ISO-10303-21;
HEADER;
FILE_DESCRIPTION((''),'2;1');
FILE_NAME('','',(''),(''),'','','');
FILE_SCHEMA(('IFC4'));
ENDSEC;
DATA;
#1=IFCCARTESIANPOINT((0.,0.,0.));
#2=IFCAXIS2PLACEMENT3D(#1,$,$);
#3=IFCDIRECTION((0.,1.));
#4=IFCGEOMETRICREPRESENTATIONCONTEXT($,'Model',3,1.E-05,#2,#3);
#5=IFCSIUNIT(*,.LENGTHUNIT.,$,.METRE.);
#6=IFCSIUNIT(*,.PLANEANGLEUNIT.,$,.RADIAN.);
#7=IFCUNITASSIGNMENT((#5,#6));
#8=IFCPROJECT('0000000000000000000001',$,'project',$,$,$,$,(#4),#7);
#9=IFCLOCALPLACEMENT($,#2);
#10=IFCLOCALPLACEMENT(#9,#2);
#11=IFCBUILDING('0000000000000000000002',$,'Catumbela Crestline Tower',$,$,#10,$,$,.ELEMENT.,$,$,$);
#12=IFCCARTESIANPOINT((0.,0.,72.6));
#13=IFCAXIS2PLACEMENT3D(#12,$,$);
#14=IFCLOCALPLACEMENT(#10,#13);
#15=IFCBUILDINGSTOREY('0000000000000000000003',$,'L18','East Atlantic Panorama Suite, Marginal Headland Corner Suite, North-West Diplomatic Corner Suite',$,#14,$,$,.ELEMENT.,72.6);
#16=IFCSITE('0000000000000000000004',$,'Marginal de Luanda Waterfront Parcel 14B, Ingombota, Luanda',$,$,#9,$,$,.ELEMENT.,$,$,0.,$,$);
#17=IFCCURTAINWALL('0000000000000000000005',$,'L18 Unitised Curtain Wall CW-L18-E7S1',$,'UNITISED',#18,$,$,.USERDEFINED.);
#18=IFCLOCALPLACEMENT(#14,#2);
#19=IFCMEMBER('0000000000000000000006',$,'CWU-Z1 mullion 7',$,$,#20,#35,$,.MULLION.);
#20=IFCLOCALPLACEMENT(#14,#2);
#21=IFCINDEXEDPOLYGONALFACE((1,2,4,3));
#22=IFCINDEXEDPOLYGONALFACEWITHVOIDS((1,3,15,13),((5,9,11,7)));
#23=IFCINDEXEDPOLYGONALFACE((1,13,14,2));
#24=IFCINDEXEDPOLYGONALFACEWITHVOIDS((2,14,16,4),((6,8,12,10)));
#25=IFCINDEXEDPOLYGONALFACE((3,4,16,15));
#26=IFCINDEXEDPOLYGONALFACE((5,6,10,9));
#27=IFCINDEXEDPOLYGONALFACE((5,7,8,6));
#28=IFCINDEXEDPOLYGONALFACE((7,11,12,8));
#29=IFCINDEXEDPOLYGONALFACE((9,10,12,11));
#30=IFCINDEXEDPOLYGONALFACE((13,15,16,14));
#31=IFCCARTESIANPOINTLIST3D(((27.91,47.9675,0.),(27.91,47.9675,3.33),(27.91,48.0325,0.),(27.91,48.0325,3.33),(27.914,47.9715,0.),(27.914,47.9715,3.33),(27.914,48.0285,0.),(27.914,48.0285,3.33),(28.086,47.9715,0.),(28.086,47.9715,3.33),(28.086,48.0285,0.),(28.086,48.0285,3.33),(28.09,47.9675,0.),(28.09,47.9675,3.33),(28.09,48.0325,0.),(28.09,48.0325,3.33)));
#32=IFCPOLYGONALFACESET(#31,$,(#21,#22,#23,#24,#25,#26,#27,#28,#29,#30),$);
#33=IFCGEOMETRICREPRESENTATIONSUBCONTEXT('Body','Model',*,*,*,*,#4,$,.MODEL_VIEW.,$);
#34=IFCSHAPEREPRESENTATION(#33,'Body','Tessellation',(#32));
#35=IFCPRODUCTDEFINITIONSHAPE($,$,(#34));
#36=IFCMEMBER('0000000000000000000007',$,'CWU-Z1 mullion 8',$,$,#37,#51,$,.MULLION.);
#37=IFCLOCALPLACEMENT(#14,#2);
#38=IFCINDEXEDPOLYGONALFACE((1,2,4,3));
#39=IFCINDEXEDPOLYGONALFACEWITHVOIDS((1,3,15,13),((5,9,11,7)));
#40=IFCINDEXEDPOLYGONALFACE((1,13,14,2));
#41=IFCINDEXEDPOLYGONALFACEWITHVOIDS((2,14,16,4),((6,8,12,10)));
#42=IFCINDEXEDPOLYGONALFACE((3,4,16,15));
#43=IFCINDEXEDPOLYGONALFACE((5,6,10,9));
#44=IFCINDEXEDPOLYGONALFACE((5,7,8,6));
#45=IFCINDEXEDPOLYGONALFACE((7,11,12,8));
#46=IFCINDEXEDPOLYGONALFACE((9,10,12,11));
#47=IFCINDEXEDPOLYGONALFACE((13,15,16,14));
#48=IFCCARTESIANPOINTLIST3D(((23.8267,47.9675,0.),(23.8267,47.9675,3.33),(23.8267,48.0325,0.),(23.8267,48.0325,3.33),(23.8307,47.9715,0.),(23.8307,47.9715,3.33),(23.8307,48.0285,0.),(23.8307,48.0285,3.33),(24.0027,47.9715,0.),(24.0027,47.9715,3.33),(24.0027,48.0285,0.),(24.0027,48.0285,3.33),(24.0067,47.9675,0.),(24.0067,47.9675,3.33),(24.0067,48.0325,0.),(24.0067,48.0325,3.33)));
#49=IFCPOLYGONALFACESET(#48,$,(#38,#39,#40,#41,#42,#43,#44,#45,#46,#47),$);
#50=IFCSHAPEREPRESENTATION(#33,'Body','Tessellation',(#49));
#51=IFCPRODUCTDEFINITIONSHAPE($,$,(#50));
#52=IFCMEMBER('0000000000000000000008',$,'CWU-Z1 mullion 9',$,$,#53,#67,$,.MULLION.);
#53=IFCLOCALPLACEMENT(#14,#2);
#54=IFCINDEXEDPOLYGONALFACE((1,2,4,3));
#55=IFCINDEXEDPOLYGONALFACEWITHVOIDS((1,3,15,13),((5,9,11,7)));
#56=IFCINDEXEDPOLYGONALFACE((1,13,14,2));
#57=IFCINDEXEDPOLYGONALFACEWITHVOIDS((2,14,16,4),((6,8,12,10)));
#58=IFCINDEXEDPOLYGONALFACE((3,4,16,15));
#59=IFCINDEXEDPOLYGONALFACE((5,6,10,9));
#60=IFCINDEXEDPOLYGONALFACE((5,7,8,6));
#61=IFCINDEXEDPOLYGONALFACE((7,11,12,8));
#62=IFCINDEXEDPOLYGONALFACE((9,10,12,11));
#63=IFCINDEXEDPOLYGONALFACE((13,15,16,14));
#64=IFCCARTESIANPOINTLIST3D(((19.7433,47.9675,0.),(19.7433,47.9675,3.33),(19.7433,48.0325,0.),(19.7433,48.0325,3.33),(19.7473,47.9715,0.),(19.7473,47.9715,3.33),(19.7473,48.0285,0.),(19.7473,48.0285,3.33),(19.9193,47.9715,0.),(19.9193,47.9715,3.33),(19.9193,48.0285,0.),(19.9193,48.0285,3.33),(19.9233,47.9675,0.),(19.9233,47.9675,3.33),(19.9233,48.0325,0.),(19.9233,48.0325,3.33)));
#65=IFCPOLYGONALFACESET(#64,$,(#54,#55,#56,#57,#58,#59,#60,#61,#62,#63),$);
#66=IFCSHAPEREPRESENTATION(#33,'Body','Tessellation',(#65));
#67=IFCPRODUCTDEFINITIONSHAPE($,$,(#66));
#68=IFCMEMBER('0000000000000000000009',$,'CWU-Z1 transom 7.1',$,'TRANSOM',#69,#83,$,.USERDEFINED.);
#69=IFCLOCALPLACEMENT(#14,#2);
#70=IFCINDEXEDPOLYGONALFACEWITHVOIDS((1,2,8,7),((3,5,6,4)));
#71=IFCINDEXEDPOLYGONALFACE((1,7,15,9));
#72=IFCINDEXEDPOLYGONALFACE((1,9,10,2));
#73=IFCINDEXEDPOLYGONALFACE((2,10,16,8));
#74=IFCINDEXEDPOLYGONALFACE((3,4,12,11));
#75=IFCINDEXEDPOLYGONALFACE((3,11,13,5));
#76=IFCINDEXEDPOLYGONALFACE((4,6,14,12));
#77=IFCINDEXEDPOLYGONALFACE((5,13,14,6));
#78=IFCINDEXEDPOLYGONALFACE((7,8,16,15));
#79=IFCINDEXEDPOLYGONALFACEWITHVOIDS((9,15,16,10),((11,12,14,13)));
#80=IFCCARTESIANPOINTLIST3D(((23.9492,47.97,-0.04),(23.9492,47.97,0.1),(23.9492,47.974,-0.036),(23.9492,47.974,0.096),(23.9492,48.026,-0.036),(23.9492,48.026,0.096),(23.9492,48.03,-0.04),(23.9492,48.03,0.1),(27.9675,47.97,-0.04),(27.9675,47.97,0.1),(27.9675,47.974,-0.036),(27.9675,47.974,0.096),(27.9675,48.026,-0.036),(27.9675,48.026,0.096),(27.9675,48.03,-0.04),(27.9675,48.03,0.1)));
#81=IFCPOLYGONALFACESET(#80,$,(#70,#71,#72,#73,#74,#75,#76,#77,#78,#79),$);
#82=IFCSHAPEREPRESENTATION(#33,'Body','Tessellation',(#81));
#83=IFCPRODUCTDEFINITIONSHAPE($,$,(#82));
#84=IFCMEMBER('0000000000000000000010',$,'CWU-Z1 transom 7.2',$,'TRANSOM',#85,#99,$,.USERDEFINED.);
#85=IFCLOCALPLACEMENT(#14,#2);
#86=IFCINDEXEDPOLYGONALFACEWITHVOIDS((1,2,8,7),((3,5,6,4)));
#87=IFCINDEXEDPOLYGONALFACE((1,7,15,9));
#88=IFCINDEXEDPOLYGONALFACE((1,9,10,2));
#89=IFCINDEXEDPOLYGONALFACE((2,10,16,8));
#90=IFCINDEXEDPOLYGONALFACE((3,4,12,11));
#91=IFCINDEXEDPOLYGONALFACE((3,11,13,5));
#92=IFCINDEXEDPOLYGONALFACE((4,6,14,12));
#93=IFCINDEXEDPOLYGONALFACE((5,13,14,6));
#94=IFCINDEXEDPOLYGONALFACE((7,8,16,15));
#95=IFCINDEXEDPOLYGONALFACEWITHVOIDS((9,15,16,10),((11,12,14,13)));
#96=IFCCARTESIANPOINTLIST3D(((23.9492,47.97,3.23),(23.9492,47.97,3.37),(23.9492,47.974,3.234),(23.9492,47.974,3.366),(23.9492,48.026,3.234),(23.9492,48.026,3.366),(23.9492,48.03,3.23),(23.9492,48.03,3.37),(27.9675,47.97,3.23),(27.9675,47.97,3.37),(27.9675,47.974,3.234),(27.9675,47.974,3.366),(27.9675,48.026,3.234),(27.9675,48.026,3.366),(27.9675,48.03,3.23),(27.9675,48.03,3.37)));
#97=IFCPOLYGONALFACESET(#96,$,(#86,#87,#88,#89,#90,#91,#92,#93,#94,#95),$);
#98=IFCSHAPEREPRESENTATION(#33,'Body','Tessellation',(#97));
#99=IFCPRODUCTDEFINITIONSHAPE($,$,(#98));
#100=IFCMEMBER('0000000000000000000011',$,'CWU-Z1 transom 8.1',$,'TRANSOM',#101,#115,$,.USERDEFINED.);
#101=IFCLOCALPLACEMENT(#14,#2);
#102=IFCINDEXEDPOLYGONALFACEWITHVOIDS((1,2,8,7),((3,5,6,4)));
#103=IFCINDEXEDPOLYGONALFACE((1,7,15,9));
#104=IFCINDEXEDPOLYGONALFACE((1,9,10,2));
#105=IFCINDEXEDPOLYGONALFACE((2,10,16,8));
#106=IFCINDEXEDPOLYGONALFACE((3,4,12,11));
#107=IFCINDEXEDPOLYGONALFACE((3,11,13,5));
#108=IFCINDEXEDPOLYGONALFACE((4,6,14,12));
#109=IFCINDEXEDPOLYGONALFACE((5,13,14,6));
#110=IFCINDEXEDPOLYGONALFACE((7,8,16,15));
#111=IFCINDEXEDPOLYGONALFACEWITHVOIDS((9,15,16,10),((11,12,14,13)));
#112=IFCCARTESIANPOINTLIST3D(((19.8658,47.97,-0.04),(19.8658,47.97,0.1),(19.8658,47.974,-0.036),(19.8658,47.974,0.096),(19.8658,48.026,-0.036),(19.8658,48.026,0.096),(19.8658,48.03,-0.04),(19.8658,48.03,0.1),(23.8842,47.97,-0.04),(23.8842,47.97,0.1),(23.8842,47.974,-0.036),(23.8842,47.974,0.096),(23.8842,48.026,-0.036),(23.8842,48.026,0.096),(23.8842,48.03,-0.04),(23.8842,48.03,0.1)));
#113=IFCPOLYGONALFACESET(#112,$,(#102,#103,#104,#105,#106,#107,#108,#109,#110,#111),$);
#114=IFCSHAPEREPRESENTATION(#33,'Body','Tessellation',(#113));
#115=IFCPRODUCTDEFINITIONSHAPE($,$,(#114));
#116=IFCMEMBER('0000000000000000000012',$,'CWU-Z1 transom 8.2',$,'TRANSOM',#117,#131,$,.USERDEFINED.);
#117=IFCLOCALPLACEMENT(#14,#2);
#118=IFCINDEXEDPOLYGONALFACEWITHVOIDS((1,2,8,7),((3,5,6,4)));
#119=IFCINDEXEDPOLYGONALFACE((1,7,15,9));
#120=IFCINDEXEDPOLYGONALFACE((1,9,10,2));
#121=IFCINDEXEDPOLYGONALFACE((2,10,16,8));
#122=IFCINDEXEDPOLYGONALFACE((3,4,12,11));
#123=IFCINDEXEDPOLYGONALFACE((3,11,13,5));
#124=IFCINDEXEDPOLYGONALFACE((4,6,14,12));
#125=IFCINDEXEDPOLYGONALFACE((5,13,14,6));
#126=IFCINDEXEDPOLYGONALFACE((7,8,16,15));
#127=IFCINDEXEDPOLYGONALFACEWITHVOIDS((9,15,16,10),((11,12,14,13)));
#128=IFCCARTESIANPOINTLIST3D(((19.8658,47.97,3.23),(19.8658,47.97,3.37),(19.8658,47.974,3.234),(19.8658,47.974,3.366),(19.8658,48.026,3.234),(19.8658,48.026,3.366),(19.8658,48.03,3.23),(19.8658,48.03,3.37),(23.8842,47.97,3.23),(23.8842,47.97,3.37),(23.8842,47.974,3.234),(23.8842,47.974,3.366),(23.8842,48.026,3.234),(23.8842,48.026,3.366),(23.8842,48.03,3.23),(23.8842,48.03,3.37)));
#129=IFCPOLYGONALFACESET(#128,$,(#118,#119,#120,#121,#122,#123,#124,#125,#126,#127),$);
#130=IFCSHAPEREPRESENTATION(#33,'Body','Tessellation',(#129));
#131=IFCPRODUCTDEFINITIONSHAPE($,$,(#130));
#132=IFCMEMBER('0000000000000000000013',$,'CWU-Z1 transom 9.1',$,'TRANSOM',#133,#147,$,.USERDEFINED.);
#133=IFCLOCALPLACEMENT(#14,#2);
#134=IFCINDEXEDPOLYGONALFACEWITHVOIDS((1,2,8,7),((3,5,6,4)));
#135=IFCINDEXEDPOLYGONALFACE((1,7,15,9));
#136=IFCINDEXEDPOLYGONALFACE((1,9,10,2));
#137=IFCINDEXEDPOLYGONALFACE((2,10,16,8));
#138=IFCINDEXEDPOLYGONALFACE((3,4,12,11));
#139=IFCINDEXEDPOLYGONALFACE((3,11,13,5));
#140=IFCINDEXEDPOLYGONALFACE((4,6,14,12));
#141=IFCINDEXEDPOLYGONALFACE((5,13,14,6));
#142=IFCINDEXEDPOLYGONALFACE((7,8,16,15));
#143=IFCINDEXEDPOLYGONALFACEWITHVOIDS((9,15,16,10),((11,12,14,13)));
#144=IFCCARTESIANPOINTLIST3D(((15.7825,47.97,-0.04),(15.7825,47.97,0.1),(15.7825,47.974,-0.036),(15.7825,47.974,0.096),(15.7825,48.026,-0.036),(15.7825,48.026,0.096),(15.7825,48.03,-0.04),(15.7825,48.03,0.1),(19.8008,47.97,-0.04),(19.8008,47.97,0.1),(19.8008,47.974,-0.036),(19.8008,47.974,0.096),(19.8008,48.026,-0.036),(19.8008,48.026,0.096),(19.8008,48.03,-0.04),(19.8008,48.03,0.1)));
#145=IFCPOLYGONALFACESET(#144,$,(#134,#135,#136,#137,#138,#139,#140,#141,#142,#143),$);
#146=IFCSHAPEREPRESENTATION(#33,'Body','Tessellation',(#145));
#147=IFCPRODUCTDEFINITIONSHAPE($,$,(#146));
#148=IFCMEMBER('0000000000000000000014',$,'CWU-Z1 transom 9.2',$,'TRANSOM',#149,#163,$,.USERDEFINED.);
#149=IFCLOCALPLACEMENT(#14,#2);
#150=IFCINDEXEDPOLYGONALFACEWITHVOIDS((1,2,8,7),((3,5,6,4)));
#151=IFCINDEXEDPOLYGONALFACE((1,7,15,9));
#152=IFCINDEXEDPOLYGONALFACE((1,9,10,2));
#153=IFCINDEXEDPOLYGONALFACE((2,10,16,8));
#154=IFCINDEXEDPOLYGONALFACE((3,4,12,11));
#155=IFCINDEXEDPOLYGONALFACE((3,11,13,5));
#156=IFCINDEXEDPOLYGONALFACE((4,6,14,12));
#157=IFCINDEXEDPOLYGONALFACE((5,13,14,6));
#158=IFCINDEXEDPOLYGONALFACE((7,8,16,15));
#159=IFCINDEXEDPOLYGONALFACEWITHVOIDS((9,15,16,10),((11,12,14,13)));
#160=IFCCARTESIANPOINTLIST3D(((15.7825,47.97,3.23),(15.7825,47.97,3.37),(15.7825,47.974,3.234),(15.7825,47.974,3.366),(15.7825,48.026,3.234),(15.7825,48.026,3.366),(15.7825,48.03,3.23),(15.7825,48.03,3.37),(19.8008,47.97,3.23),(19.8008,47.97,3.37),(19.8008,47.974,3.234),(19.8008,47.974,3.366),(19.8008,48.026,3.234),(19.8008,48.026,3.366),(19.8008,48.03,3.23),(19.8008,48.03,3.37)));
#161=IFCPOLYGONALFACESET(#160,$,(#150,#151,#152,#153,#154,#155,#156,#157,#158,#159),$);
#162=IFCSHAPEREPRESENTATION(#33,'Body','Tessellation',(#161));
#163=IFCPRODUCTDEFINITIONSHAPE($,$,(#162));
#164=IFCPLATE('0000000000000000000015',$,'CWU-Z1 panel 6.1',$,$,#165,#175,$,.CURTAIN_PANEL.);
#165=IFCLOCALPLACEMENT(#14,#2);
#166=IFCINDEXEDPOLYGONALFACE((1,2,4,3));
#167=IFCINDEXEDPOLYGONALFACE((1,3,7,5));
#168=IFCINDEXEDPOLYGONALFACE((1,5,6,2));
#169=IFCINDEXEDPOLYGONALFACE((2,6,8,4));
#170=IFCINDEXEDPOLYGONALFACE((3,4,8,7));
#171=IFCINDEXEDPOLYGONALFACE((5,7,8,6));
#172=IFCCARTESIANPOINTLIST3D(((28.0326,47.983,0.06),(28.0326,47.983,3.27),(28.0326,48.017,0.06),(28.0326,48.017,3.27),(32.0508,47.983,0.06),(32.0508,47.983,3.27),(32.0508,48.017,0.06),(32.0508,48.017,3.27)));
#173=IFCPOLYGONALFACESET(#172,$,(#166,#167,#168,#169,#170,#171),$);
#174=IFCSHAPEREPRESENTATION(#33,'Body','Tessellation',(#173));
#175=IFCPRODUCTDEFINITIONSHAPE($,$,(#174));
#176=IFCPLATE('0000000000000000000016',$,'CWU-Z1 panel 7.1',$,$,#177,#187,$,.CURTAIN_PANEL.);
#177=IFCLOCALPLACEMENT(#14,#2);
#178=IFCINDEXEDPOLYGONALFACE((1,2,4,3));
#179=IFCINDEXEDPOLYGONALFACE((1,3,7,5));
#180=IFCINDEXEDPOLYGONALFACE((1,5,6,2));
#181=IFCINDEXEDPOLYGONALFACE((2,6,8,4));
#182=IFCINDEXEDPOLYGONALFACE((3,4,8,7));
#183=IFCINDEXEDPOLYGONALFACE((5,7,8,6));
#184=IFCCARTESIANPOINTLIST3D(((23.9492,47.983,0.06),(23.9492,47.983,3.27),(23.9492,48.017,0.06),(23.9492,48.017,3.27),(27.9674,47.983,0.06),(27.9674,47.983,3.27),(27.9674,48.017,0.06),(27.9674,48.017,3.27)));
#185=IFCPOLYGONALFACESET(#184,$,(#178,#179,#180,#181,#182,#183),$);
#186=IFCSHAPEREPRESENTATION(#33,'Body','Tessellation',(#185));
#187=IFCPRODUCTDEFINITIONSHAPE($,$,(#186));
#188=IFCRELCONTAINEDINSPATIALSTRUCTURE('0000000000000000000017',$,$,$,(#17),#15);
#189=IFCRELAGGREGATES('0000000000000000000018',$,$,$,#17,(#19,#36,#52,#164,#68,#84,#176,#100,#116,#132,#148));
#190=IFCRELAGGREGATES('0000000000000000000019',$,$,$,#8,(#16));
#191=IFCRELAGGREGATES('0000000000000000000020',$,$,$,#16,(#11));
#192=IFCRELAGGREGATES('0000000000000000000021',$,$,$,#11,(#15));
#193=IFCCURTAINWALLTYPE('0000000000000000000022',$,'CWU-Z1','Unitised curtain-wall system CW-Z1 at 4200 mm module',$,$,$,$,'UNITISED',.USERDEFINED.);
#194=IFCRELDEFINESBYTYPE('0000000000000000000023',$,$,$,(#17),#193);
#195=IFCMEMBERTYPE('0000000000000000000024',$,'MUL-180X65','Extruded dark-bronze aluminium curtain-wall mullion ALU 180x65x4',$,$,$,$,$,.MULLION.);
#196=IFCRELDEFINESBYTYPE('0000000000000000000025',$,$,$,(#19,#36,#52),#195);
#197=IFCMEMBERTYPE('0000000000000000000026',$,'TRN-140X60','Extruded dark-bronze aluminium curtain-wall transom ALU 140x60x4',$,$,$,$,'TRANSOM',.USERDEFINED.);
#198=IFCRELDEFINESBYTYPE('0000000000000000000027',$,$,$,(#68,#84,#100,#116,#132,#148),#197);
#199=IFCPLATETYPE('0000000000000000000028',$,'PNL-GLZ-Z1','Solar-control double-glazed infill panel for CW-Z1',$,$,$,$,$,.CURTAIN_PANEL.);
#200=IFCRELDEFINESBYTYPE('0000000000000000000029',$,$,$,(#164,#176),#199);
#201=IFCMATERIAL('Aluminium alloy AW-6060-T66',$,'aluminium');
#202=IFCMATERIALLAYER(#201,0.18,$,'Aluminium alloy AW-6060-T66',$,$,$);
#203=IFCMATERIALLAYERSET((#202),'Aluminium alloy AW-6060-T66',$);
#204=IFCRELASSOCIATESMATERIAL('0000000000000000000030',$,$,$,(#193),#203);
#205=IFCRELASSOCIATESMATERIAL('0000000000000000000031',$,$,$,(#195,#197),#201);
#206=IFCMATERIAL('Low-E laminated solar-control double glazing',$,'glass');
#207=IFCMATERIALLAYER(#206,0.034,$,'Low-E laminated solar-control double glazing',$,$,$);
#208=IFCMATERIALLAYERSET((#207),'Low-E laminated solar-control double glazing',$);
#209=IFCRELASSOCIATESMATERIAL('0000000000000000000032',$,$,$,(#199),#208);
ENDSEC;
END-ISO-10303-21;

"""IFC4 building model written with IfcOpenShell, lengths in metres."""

from ifc_helpers import new_model, si_unit, direction, frame, origin, origin_2d, place, context, subcontext, project, spatial, rectangle, hollow_rectangle, extrude, material, layer, layer_set, material_profile, profile_set, type_object, element, aggregate, save


model = new_model("IFC4")

# Units and contexts
model_context = context("Model", 3, precision=1e-05, world=origin(), true_north=direction((0.0, 1.0)))
body_context = subcontext(model_context, "Body", "Model", "MODEL_VIEW")
ifc_project = project(units=[si_unit("LENGTHUNIT", "METRE"), si_unit("PLANEANGLEUNIT", "RADIAN")], contexts=[model_context])

# Site, building, storey
site_placement = place(None, origin())
site = spatial("IfcSite", under=ifc_project, at=site_placement, Name="Marginal de Luanda Waterfront Parcel 14B, Ingombota, Luanda", CompositionType="ELEMENT", RefElevation=0.0)
building_placement = place(site_placement, origin())
building = spatial("IfcBuilding", under=site, at=building_placement, Name="Catumbela Crestline Tower", CompositionType="ELEMENT")
storey_placement = place(building_placement, frame((0.0, 0.0, 72.6)))
storey = spatial("IfcBuildingStorey", under=building, at=storey_placement, Name="L18", Description="East Atlantic Panorama Suite, Marginal Headland Corner Suite, North-West Diplomatic Corner Suite", CompositionType="ELEMENT", Elevation=72.6)

# Curtain wall, members, plates
ifc_material_1 = material(Name="Aluminium alloy AW-6060-T66", Category="aluminium")
ifc_layer_1 = layer(ifc_material_1, 0.18, Name="Aluminium alloy AW-6060-T66")
ifc_layer_set_1 = layer_set([ifc_layer_1], Name="Aluminium alloy AW-6060-T66")
curtain_wall_type = type_object("IfcCurtainWallType", Name="CWU-Z1", Description="Unitised curtain-wall system CW-Z1 at 4200 mm module", ElementType="UNITISED", PredefinedType="USERDEFINED", material=ifc_layer_set_1)
curtain_wall_placement = place(storey_placement, origin())
curtain_wall = element("IfcCurtainWall", 1, at=curtain_wall_placement, inside=storey, type_object=curtain_wall_type, Name="L18 Unitised Curtain Wall CW-L18-E7S1", ObjectType="UNITISED", PredefinedType="USERDEFINED")
ifc_material_profile_1 = material_profile(ifc_material_1, hollow_rectangle(XDim=0.065, YDim=0.18, WallThickness=0.004, at=origin_2d()), Name="ALU 180x65x4")
ifc_profile_set_1 = profile_set([ifc_material_profile_1], Name="Aluminium alloy AW-6060-T66")
member_type_1 = type_object("IfcMemberType", Name="MUL-180X65", Description="Extruded dark-bronze aluminium curtain-wall mullion ALU 180x65x4", PredefinedType="MULLION", material=ifc_profile_set_1)
member_1_placement = place(storey_placement, frame((28.0, 48.0, 0.0), z_axis=(0.0, 0.0, 1.0), x_axis=(0.0, -1.0, 0.0)))
member_1 = element("IfcMember", 2, at=member_1_placement, type_object=member_type_1, Name="CWU-Z1 mullion 7", PredefinedType="MULLION", context=body_context, shape_type="SweptSolid", body=[
    extrude(hollow_rectangle(XDim=0.065, YDim=0.18, WallThickness=0.004, at=origin_2d()), origin(), (0.0, 0.0, 1.0), 3.33),
])
member_2_placement = place(storey_placement, frame((23.9167, 48.0, 0.0), z_axis=(0.0, 0.0, 1.0), x_axis=(0.0, -1.0, 0.0)))
member_2 = element("IfcMember", 3, at=member_2_placement, type_object=member_type_1, Name="CWU-Z1 mullion 8", PredefinedType="MULLION", context=body_context, shape_type="SweptSolid", body=[
    extrude(hollow_rectangle(XDim=0.065, YDim=0.18, WallThickness=0.004, at=origin_2d()), origin(), (0.0, 0.0, 1.0), 3.33),
])
member_3_placement = place(storey_placement, frame((19.8333, 48.0, 0.0), z_axis=(0.0, 0.0, 1.0), x_axis=(0.0, -1.0, 0.0)))
member_3 = element("IfcMember", 4, at=member_3_placement, type_object=member_type_1, Name="CWU-Z1 mullion 9", PredefinedType="MULLION", context=body_context, shape_type="SweptSolid", body=[
    extrude(hollow_rectangle(XDim=0.065, YDim=0.18, WallThickness=0.004, at=origin_2d()), origin(), (0.0, 0.0, 1.0), 3.33),
])
ifc_material_profile_2 = material_profile(ifc_material_1, hollow_rectangle(XDim=0.06, YDim=0.14, WallThickness=0.004, at=origin_2d()), Name="ALU 140x60x4")
ifc_profile_set_2 = profile_set([ifc_material_profile_2], Name="Aluminium alloy AW-6060-T66")
member_type_2 = type_object("IfcMemberType", Name="TRN-140X60", Description="Extruded dark-bronze aluminium curtain-wall transom ALU 140x60x4", ElementType="TRANSOM", PredefinedType="USERDEFINED", material=ifc_profile_set_2)
member_4_placement = place(storey_placement, frame((27.9675, 48.0, 0.03), z_axis=(-1.0, 0.0, 0.0), x_axis=(0.0, -1.0, 0.0)))
member_4 = element("IfcMember", 5, at=member_4_placement, type_object=member_type_2, Name="CWU-Z1 transom 7.1", ObjectType="TRANSOM", PredefinedType="USERDEFINED", context=body_context, shape_type="SweptSolid", body=[
    extrude(hollow_rectangle(XDim=0.06, YDim=0.14, WallThickness=0.004, at=origin_2d()), origin(), (0.0, 0.0, 1.0), 4.0183),
])
member_5_placement = place(storey_placement, frame((27.9675, 48.0, 3.3), z_axis=(-1.0, 0.0, 0.0), x_axis=(0.0, -1.0, 0.0)))
member_5 = element("IfcMember", 6, at=member_5_placement, type_object=member_type_2, Name="CWU-Z1 transom 7.2", ObjectType="TRANSOM", PredefinedType="USERDEFINED", context=body_context, shape_type="SweptSolid", body=[
    extrude(hollow_rectangle(XDim=0.06, YDim=0.14, WallThickness=0.004, at=origin_2d()), origin(), (0.0, 0.0, 1.0), 4.0183),
])
member_6_placement = place(storey_placement, frame((23.8842, 48.0, 0.03), z_axis=(-1.0, 0.0, 0.0), x_axis=(0.0, -1.0, 0.0)))
member_6 = element("IfcMember", 7, at=member_6_placement, type_object=member_type_2, Name="CWU-Z1 transom 8.1", ObjectType="TRANSOM", PredefinedType="USERDEFINED", context=body_context, shape_type="SweptSolid", body=[
    extrude(hollow_rectangle(XDim=0.06, YDim=0.14, WallThickness=0.004, at=origin_2d()), origin(), (0.0, 0.0, 1.0), 4.0184),
])
member_7_placement = place(storey_placement, frame((23.8842, 48.0, 3.3), z_axis=(-1.0, 0.0, 0.0), x_axis=(0.0, -1.0, 0.0)))
member_7 = element("IfcMember", 8, at=member_7_placement, type_object=member_type_2, Name="CWU-Z1 transom 8.2", ObjectType="TRANSOM", PredefinedType="USERDEFINED", context=body_context, shape_type="SweptSolid", body=[
    extrude(hollow_rectangle(XDim=0.06, YDim=0.14, WallThickness=0.004, at=origin_2d()), origin(), (0.0, 0.0, 1.0), 4.0184),
])
member_8_placement = place(storey_placement, frame((19.8008, 48.0, 0.03), z_axis=(-1.0, 0.0, 0.0), x_axis=(0.0, -1.0, 0.0)))
member_8 = element("IfcMember", 9, at=member_8_placement, type_object=member_type_2, Name="CWU-Z1 transom 9.1", ObjectType="TRANSOM", PredefinedType="USERDEFINED", context=body_context, shape_type="SweptSolid", body=[
    extrude(hollow_rectangle(XDim=0.06, YDim=0.14, WallThickness=0.004, at=origin_2d()), origin(), (0.0, 0.0, 1.0), 4.0183),
])
member_9_placement = place(storey_placement, frame((19.8008, 48.0, 3.3), z_axis=(-1.0, 0.0, 0.0), x_axis=(0.0, -1.0, 0.0)))
member_9 = element("IfcMember", 10, at=member_9_placement, type_object=member_type_2, Name="CWU-Z1 transom 9.2", ObjectType="TRANSOM", PredefinedType="USERDEFINED", context=body_context, shape_type="SweptSolid", body=[
    extrude(hollow_rectangle(XDim=0.06, YDim=0.14, WallThickness=0.004, at=origin_2d()), origin(), (0.0, 0.0, 1.0), 4.0183),
])
ifc_material_2 = material(Name="Low-E laminated solar-control double glazing", Category="glass")
ifc_layer_2 = layer(ifc_material_2, 0.034, Name="Low-E laminated solar-control double glazing")
ifc_layer_set_2 = layer_set([ifc_layer_2], Name="Low-E laminated solar-control double glazing")
plate_type = type_object("IfcPlateType", Name="PNL-GLZ-Z1", Description="Solar-control double-glazed infill panel for CW-Z1", PredefinedType="CURTAIN_PANEL", material=ifc_layer_set_2)
plate_1_placement = place(storey_placement, frame((30.0417, 48.0, 0.06), z_axis=(0.0, 0.0, 1.0), x_axis=(-1.0, 0.0, 0.0)))
plate_1 = element("IfcPlate", 11, at=plate_1_placement, type_object=plate_type, Name="CWU-Z1 panel 6.1", PredefinedType="CURTAIN_PANEL", context=body_context, shape_type="SweptSolid", body=[
    extrude(rectangle(XDim=4.0183, YDim=0.034, at=origin_2d()), origin(), (0.0, 0.0, 1.0), 3.21),
])
plate_2_placement = place(storey_placement, frame((25.9583, 48.0, 0.06), z_axis=(0.0, 0.0, 1.0), x_axis=(-1.0, 0.0, 0.0)))
plate_2 = element("IfcPlate", 12, at=plate_2_placement, type_object=plate_type, Name="CWU-Z1 panel 7.1", PredefinedType="CURTAIN_PANEL", context=body_context, shape_type="SweptSolid", body=[
    extrude(rectangle(XDim=4.0183, YDim=0.034, at=origin_2d()), origin(), (0.0, 0.0, 1.0), 3.21),
])
aggregate(curtain_wall, [member_1, member_2, member_3, plate_1, member_4, member_5, plate_2, member_6, member_7, member_8, member_9])

save(model, "model.ifc")
